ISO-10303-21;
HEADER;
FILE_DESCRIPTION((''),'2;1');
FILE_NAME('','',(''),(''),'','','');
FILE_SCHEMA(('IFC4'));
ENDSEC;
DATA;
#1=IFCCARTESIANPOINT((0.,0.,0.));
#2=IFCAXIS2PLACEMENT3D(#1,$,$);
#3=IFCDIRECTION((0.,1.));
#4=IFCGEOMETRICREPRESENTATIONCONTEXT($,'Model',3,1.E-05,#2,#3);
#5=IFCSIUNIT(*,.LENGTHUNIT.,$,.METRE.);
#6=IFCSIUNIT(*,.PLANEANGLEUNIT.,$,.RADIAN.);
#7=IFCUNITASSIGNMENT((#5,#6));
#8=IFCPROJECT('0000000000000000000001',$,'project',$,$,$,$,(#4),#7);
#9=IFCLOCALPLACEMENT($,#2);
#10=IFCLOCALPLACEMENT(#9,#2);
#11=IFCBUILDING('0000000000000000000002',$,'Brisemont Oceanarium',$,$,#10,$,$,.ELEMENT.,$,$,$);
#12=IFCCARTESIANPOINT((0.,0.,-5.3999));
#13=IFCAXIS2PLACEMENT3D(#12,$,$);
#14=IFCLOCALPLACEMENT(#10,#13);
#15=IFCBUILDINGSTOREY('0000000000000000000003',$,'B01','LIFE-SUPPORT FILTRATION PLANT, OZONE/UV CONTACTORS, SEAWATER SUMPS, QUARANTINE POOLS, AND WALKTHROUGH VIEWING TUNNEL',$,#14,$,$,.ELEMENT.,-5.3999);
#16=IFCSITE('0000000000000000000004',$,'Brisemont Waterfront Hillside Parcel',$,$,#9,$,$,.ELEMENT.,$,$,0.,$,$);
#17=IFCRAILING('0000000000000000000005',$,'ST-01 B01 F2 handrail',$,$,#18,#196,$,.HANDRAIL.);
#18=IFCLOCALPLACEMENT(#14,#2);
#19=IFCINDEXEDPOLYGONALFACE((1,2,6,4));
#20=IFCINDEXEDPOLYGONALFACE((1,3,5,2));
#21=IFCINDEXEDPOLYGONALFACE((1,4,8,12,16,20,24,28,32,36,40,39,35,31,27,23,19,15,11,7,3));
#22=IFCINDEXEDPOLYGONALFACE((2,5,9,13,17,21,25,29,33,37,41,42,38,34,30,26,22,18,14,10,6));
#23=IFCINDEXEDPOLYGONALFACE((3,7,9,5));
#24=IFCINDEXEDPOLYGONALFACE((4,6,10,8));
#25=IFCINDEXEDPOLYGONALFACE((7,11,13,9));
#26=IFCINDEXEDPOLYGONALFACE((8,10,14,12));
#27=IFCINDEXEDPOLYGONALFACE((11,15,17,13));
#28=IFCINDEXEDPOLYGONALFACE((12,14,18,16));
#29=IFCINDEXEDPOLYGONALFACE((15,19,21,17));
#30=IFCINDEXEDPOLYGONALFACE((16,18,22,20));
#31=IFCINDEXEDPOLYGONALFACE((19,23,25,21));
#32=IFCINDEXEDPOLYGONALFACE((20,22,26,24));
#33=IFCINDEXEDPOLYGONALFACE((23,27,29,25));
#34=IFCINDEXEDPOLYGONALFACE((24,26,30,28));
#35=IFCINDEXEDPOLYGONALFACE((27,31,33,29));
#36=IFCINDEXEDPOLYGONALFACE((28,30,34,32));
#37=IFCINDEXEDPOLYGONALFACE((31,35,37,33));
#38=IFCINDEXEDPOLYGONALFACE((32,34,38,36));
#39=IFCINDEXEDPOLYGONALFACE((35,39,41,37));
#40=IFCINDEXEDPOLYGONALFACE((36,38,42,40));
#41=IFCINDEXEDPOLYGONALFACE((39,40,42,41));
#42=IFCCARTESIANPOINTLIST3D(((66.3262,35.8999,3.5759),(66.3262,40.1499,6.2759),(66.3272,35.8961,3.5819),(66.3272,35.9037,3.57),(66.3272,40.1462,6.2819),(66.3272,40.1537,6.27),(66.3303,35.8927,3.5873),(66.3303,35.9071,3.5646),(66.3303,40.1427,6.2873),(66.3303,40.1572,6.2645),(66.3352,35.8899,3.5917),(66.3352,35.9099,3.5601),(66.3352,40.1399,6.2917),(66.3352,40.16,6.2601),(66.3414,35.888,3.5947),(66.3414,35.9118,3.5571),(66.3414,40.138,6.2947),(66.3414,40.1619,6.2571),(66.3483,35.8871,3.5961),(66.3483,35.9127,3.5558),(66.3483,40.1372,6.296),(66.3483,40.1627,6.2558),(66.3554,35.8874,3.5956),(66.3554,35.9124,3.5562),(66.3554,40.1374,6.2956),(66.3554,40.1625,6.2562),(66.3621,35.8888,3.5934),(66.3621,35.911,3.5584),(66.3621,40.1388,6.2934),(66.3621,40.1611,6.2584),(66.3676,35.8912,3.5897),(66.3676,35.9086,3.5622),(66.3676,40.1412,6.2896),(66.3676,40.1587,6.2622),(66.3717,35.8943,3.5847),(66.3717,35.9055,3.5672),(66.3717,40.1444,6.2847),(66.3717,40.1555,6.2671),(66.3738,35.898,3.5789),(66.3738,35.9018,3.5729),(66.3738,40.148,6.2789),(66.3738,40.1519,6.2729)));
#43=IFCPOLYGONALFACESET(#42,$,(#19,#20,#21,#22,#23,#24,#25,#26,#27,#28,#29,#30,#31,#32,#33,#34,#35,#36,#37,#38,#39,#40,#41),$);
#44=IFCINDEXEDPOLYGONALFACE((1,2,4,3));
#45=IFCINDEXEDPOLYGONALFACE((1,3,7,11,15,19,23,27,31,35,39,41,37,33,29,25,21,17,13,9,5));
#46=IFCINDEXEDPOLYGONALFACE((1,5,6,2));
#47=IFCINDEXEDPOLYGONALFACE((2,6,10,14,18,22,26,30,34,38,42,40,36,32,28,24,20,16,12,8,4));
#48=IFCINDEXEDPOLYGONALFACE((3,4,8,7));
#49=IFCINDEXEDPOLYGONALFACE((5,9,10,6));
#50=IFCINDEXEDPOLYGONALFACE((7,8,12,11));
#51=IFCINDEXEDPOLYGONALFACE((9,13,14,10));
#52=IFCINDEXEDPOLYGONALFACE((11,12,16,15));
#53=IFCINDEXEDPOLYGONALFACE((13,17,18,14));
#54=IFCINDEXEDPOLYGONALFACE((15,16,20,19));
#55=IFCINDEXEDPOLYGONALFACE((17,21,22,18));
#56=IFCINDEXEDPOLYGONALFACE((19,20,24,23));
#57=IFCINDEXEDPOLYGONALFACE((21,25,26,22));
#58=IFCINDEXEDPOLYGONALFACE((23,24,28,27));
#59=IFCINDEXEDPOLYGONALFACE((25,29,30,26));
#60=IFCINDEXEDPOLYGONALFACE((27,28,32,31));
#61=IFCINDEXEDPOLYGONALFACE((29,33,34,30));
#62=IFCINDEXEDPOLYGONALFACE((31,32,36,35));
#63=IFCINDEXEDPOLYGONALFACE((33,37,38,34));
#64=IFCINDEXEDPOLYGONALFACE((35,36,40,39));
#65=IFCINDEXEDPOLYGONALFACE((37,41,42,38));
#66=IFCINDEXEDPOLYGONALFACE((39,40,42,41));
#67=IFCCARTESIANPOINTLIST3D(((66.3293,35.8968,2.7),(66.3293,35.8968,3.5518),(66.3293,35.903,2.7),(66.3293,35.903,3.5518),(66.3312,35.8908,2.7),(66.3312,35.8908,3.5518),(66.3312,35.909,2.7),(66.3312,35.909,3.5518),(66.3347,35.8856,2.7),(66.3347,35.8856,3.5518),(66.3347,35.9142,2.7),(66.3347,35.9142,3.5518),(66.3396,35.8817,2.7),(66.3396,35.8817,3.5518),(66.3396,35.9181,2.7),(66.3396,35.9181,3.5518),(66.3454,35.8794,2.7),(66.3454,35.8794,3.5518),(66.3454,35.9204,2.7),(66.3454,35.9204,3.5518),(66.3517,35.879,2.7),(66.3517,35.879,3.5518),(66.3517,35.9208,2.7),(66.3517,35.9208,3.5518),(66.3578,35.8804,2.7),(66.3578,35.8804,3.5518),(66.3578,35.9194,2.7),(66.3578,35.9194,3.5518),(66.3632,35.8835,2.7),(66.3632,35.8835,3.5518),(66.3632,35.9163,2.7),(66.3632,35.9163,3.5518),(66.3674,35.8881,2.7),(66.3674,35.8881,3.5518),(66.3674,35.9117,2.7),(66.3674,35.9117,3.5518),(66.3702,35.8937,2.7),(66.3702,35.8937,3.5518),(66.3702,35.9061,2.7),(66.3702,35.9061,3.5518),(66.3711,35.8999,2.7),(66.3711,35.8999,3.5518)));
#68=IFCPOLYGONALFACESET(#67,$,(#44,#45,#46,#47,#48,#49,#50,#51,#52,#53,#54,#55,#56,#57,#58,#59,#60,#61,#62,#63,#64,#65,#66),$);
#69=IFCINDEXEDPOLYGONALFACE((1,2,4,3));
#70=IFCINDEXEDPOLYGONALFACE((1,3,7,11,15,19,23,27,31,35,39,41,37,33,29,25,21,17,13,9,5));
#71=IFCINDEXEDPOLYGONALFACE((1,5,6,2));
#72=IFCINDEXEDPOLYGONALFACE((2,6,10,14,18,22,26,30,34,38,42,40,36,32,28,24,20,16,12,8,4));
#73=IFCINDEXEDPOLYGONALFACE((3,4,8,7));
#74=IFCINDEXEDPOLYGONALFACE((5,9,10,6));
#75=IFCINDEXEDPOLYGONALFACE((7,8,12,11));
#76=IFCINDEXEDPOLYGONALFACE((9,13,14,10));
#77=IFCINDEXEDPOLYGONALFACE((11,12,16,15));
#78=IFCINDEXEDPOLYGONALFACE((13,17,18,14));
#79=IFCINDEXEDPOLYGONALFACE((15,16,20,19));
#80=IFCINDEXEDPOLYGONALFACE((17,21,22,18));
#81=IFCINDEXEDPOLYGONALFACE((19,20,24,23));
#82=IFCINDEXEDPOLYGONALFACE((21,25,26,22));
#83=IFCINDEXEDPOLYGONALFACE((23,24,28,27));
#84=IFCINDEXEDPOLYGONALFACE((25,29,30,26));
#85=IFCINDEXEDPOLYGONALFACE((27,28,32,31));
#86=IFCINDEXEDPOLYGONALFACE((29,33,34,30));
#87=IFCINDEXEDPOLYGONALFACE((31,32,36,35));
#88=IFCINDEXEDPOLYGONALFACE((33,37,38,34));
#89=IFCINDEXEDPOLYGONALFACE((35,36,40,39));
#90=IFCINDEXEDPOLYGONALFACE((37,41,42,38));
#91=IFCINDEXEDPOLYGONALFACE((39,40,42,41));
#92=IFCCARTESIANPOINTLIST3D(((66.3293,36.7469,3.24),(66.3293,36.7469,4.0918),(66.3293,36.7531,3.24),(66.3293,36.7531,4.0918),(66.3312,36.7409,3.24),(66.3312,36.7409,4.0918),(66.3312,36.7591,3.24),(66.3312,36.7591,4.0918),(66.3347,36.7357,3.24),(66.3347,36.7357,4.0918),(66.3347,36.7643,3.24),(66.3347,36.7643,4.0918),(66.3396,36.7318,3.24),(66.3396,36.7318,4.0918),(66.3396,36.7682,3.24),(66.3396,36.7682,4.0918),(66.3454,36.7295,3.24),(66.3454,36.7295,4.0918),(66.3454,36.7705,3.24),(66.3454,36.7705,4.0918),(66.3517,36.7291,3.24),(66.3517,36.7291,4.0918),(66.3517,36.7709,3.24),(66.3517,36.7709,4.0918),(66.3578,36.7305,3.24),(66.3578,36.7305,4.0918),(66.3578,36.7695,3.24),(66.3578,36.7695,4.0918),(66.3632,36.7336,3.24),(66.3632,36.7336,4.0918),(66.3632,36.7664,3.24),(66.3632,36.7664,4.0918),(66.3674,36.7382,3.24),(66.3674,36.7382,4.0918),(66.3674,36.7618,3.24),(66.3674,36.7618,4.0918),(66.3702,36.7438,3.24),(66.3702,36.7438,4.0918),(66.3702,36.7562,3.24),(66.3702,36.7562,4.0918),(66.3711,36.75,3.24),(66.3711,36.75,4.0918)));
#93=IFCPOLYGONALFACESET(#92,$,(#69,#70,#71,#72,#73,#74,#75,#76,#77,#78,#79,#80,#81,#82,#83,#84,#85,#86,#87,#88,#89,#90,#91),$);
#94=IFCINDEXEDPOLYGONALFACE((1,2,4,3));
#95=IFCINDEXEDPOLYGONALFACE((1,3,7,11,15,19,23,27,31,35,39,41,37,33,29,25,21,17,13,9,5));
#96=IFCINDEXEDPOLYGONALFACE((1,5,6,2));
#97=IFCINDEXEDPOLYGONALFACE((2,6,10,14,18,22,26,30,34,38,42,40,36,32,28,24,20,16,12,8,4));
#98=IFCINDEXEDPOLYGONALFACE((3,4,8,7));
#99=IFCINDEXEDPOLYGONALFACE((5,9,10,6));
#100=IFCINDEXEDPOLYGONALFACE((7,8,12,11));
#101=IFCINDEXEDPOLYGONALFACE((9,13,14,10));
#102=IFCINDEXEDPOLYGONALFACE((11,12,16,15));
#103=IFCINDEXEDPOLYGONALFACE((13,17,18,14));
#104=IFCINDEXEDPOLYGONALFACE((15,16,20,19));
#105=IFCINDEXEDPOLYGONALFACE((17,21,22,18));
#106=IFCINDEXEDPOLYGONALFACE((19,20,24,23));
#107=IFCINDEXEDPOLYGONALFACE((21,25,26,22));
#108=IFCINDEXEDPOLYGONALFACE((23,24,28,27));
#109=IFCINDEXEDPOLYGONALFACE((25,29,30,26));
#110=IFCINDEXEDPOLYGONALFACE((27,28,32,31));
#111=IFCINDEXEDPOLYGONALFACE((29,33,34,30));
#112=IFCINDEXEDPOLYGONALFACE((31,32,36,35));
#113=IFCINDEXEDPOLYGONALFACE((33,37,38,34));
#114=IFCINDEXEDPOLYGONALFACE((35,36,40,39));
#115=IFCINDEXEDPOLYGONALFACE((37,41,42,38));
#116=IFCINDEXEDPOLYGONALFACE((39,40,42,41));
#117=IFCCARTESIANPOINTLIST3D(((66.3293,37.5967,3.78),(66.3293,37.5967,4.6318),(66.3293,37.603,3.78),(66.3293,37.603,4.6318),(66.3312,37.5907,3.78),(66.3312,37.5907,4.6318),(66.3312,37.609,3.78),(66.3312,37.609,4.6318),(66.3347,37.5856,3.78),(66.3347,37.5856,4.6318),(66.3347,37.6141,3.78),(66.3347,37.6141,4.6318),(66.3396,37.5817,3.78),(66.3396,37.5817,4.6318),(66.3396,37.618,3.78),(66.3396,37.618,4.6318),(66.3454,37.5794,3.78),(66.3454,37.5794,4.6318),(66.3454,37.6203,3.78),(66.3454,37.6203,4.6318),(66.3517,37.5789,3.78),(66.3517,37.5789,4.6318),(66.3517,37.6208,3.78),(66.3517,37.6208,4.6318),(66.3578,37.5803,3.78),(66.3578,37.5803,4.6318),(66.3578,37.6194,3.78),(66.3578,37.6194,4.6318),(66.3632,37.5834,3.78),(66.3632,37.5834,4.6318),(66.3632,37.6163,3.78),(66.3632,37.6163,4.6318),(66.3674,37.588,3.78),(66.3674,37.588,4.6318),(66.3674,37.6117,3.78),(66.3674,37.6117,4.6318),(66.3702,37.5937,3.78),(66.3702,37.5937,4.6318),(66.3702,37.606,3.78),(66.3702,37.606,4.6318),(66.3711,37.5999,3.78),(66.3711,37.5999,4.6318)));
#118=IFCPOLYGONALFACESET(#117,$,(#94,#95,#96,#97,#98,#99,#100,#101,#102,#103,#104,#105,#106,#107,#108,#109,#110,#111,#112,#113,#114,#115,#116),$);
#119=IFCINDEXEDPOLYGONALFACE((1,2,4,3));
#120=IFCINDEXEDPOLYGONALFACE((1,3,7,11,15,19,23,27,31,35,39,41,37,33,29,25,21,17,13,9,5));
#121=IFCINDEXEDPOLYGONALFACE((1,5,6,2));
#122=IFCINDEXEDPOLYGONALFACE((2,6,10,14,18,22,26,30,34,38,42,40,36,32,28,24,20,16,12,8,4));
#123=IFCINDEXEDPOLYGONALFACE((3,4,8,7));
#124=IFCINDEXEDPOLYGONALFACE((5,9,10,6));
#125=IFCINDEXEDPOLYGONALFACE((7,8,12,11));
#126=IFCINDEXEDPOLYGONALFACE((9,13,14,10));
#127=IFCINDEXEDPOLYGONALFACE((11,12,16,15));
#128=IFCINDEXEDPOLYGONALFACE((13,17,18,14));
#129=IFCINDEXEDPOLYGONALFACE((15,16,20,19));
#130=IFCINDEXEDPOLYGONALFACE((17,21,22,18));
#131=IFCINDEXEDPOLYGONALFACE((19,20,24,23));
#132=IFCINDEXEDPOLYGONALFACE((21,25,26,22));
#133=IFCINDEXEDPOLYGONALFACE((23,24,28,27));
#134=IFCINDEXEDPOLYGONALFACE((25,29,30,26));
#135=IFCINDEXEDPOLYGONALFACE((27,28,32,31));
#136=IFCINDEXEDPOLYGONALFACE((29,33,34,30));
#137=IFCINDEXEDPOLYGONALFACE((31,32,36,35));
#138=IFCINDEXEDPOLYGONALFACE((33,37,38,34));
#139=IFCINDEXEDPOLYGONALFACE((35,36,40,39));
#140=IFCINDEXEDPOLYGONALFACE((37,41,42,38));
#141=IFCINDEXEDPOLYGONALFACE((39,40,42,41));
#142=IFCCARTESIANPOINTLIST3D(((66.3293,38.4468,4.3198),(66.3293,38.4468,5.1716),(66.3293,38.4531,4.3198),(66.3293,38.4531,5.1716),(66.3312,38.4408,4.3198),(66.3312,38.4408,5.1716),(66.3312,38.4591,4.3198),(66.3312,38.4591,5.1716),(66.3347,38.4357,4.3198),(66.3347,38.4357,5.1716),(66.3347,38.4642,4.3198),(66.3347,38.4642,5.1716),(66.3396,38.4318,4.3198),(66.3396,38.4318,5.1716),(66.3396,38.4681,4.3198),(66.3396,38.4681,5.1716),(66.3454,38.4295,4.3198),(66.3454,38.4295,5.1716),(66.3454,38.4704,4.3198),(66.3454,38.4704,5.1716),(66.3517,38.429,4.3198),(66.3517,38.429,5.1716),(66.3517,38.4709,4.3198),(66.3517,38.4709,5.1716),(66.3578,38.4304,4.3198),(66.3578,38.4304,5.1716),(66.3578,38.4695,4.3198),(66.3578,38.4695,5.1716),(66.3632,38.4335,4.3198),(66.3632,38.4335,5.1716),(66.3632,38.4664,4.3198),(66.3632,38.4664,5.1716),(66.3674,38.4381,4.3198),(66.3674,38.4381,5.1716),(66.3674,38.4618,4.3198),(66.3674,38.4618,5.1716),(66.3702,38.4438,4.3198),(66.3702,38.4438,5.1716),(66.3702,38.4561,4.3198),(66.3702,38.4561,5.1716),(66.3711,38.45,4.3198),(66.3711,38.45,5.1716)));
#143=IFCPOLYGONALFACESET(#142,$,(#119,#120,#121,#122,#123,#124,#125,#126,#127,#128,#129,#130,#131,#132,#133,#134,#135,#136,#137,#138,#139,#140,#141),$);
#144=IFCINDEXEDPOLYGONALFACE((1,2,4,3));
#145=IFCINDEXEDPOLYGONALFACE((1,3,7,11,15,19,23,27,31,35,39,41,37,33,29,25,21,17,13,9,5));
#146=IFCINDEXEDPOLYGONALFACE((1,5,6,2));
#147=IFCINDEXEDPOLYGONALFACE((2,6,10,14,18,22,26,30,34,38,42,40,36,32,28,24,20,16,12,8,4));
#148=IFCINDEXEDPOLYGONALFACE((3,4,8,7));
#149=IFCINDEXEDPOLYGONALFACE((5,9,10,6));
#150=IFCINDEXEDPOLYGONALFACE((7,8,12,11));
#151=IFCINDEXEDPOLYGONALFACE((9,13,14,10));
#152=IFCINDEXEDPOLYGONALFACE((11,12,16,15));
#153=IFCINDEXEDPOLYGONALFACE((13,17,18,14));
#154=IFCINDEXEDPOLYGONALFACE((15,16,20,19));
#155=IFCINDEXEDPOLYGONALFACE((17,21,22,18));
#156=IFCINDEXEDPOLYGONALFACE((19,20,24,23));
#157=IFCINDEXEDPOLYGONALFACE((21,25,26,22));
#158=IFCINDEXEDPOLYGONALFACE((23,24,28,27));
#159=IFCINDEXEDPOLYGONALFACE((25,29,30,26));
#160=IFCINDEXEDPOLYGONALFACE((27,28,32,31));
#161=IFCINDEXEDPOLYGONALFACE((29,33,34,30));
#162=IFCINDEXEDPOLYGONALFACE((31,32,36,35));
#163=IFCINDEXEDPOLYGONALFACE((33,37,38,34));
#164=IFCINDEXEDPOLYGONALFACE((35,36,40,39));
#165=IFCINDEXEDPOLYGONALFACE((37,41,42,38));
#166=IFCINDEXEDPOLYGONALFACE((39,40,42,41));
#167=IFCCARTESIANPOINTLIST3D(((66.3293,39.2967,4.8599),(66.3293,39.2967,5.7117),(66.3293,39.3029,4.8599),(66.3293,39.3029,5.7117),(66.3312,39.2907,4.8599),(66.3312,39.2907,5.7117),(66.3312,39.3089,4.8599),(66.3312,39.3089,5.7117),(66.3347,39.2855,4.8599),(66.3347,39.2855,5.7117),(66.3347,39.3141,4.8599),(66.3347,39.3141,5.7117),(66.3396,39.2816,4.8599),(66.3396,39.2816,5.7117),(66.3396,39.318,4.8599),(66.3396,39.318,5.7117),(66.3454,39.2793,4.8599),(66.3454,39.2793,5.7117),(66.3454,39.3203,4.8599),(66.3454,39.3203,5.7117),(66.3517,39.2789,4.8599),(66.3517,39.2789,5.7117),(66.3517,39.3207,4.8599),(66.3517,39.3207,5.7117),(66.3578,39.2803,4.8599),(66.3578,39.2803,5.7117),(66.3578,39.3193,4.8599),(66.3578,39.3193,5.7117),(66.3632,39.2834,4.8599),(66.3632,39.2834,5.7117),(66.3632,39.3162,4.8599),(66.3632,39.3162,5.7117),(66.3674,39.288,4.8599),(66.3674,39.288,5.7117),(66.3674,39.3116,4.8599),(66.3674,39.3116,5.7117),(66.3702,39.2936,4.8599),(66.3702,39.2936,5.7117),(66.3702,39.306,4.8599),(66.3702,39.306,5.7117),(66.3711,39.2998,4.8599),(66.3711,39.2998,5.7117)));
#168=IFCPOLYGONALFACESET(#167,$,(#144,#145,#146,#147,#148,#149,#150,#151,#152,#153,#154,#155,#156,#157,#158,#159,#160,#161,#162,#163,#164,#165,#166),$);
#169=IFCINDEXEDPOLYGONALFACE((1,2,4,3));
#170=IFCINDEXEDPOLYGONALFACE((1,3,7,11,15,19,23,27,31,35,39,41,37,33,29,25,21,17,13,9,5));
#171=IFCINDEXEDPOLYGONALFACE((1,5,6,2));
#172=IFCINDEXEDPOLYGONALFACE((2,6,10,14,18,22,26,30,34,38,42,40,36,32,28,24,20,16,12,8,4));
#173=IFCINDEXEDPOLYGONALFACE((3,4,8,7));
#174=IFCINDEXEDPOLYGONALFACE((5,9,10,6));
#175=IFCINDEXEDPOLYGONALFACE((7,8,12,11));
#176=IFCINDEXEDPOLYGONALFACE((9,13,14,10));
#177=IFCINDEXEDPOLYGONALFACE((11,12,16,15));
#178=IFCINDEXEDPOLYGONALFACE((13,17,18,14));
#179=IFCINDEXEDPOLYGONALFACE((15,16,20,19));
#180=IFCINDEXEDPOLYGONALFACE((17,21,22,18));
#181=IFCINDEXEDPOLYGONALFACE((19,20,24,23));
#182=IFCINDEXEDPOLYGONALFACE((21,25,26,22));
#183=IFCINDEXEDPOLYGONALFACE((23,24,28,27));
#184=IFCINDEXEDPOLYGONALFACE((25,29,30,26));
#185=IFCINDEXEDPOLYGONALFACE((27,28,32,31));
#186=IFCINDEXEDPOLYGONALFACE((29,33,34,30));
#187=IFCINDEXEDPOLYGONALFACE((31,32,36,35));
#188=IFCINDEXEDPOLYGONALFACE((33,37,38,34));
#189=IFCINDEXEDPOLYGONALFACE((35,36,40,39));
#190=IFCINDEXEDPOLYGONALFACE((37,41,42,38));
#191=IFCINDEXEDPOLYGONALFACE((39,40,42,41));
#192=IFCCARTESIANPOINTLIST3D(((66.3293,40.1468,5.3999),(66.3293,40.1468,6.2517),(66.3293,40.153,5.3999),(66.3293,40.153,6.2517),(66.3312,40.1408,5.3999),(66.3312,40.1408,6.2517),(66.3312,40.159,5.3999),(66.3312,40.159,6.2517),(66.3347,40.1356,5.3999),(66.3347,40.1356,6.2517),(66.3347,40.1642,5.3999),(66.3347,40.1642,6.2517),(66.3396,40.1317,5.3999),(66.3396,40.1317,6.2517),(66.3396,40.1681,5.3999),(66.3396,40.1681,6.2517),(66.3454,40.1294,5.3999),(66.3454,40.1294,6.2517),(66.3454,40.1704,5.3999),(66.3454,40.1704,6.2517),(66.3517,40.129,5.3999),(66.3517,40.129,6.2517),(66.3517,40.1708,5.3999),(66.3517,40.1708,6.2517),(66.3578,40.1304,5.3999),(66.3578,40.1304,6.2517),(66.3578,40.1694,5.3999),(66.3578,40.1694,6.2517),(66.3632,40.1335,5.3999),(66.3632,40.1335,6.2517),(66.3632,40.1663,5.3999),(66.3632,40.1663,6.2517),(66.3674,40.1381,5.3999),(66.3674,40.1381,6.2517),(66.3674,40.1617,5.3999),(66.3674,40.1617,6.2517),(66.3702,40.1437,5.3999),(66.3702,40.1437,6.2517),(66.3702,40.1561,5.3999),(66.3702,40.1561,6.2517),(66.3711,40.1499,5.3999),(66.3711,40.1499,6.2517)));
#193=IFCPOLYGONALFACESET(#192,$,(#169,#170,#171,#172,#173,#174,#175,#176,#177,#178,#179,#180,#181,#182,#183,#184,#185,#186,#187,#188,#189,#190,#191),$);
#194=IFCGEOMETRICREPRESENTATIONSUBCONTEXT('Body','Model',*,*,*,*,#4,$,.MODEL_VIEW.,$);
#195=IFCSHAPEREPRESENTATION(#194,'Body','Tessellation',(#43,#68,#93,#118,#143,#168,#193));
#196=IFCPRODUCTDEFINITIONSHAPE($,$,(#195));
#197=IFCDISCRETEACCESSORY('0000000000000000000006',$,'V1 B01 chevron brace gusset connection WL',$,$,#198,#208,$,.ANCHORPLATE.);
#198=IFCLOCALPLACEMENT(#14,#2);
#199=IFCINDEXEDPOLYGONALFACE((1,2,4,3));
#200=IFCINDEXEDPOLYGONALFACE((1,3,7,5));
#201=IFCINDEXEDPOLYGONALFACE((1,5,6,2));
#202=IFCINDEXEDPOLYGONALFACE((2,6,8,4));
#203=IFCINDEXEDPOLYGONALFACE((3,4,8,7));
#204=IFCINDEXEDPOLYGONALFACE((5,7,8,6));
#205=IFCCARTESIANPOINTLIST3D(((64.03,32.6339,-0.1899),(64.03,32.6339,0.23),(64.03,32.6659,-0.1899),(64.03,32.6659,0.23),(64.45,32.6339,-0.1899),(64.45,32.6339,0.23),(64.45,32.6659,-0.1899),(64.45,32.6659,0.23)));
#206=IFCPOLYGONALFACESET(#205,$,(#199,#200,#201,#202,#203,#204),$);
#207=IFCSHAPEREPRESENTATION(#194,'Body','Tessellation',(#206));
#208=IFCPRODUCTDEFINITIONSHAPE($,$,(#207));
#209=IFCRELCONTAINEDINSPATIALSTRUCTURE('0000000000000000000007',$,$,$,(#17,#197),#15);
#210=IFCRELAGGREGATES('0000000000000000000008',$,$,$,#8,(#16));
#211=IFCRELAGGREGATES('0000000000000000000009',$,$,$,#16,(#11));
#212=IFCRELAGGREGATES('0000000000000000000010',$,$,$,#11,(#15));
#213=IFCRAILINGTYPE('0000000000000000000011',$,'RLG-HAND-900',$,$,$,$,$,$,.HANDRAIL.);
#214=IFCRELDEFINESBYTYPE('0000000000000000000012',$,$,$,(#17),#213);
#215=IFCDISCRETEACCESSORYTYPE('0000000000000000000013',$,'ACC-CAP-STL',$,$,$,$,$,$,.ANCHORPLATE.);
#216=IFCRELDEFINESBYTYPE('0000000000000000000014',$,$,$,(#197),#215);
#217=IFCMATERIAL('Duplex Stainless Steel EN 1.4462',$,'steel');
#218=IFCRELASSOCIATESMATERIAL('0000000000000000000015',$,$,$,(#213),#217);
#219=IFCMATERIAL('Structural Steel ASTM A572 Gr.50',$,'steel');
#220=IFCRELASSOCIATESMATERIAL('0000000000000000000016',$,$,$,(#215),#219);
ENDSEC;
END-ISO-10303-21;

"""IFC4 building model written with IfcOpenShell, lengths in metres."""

from ifc_helpers import new_model, si_unit, direction, frame, origin, origin_2d, place, context, subcontext, project, spatial, rectangle, circle, extrude, material, type_object, element, save


model = new_model("IFC4")

# Units and contexts
model_context = context("Model", 3, precision=1e-05, world=origin(), true_north=direction((0.0, 1.0)))
body_context = subcontext(model_context, "Body", "Model", "MODEL_VIEW")
ifc_project = project(units=[si_unit("LENGTHUNIT", "METRE"), si_unit("PLANEANGLEUNIT", "RADIAN")], contexts=[model_context])

# Site, building, storey
site_placement = place(None, origin())
site = spatial("IfcSite", under=ifc_project, at=site_placement, Name="Brisemont Waterfront Hillside Parcel", CompositionType="ELEMENT", RefElevation=0.0)
building_placement = place(site_placement, origin())
building = spatial("IfcBuilding", under=site, at=building_placement, Name="Brisemont Oceanarium", CompositionType="ELEMENT")
storey_placement = place(building_placement, frame((0.0, 0.0, -5.3999)))
storey = spatial("IfcBuildingStorey", under=building, at=storey_placement, Name="B01", Description="LIFE-SUPPORT FILTRATION PLANT, OZONE/UV CONTACTORS, SEAWATER SUMPS, QUARANTINE POOLS, AND WALKTHROUGH VIEWING TUNNEL", CompositionType="ELEMENT", Elevation=-5.3999)

# Railing
ifc_material_1 = material(Name="Duplex Stainless Steel EN 1.4462", Category="steel")
railing_type_1 = type_object("IfcRailingType", Name="RLG-HAND-900", PredefinedType="HANDRAIL", material=ifc_material_1)
railing_1_placement = place(storey_placement, frame((66.3501, 35.8999, 2.7)))
element("IfcRailing", 1, at=railing_1_placement, inside=storey, type_object=railing_type_1, Name="ST-01 B01 F2 handrail", PredefinedType="HANDRAIL", context=body_context, shape_type="SweptSolid", body=[
    extrude(circle(Radius=0.0239, at=origin_2d()), frame((0.0, 0.0, 0.876), z_axis=(0.0, 0.844075, 0.536226), x_axis=(-1.0, 0.0, 0.0)), (0.0, 0.0, 1.0), 5.0352),
    extrude(circle(Radius=0.021, at=origin_2d()), origin(), (0.0, 0.0, 1.0), 0.8518),
    extrude(circle(Radius=0.021, at=origin_2d()), frame((0.0, 0.8501, 0.54)), (0.0, 0.0, 1.0), 0.8518),
    extrude(circle(Radius=0.021, at=origin_2d()), frame((0.0, 1.7, 1.0801)), (0.0, 0.0, 1.0), 0.8518),
    extrude(circle(Radius=0.021, at=origin_2d()), frame((0.0, 2.55, 1.6199)), (0.0, 0.0, 1.0), 0.8518),
    extrude(circle(Radius=0.021, at=origin_2d()), frame((0.0, 3.3999, 2.1599)), (0.0, 0.0, 1.0), 0.8518),
    extrude(circle(Radius=0.021, at=origin_2d()), frame((0.0, 4.25, 2.7)), (0.0, 0.0, 1.0), 0.8518),
])

# Discrete accessory
ifc_material_2 = material(Name="Structural Steel ASTM A572 Gr.50", Category="steel")
discrete_accessory_type = type_object("IfcDiscreteAccessoryType", Name="ACC-CAP-STL", PredefinedType="ANCHORPLATE", material=ifc_material_2)
discrete_accessory_placement = place(storey_placement, frame((64.24, 32.6499, -0.1899), z_axis=(0.0, 0.0, 1.0), x_axis=(1.0, 0.0, 0.0)))
element("IfcDiscreteAccessory", 2, at=discrete_accessory_placement, inside=storey, type_object=discrete_accessory_type, Name="V1 B01 chevron brace gusset connection WL", PredefinedType="ANCHORPLATE", context=body_context, shape_type="SweptSolid", body=[
    extrude(rectangle(XDim=0.4199, YDim=0.032, at=origin_2d()), origin(), (0.0, 0.0, 1.0), 0.4199),
])

save(model, "model.ifc")
